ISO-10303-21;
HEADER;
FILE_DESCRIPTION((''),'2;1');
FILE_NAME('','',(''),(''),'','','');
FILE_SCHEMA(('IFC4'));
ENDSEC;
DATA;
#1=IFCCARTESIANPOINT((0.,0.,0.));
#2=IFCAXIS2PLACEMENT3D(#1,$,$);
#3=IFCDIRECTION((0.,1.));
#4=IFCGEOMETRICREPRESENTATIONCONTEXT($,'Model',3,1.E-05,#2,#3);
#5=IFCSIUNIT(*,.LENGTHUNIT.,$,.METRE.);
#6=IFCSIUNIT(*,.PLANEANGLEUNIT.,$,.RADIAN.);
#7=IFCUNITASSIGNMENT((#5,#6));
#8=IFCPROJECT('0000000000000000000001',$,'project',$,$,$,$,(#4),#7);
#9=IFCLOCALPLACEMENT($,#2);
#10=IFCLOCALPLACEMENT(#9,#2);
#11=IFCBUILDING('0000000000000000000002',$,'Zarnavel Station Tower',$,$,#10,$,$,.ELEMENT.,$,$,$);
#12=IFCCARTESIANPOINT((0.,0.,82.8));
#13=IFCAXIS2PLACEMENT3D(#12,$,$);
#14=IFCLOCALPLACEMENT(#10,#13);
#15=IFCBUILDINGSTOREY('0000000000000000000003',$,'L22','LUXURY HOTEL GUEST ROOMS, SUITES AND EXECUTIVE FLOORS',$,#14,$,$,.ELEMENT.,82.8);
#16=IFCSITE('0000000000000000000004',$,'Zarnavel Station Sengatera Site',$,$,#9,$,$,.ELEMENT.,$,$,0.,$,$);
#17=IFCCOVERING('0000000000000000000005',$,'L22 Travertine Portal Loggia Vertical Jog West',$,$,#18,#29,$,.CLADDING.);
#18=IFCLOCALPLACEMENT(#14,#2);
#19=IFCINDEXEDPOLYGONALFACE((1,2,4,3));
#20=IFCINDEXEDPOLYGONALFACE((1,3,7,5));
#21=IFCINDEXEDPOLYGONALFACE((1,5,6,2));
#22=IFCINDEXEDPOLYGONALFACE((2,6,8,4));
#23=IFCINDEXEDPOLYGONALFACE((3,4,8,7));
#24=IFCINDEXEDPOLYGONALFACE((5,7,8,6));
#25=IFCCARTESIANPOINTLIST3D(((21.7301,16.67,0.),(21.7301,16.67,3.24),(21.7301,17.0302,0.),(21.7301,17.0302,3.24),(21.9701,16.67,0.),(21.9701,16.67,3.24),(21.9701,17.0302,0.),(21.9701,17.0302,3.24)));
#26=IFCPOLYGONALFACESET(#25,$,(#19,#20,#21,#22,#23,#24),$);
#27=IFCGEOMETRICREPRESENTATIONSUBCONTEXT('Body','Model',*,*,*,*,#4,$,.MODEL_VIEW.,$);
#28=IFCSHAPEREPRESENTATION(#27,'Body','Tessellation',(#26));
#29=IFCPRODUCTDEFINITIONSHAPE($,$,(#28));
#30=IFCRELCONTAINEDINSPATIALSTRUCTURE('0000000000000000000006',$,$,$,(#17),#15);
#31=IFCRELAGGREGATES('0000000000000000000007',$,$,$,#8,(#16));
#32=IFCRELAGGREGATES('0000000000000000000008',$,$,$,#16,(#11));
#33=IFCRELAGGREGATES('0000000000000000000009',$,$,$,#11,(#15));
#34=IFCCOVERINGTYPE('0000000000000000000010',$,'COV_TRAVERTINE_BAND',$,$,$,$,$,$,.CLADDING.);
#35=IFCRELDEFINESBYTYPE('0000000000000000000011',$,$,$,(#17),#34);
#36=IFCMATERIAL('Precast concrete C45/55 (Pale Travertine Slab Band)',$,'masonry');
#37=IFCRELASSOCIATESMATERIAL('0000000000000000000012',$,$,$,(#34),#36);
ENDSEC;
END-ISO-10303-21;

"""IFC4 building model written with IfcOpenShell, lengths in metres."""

from ifc_helpers import new_model, si_unit, direction, frame, origin, origin_2d, place, context, subcontext, project, spatial, rectangle, extrude, material, type_object, element, save


model = new_model("IFC4")

# Units and contexts
model_context = context("Model", 3, precision=1e-05, world=origin(), true_north=direction((0.0, 1.0)))
body_context = subcontext(model_context, "Body", "Model", "MODEL_VIEW")
ifc_project = project(units=[si_unit("LENGTHUNIT", "METRE"), si_unit("PLANEANGLEUNIT", "RADIAN")], contexts=[model_context])

# Site, building, storey
site_placement = place(None, origin())
site = spatial("IfcSite", under=ifc_project, at=site_placement, Name="Zarnavel Station Sengatera Site", CompositionType="ELEMENT", RefElevation=0.0)
building_placement = place(site_placement, origin())
building = spatial("IfcBuilding", under=site, at=building_placement, Name="Zarnavel Station Tower", CompositionType="ELEMENT")
storey_placement = place(building_placement, frame((0.0, 0.0, 82.8)))
storey = spatial("IfcBuildingStorey", under=building, at=storey_placement, Name="L22", Description="LUXURY HOTEL GUEST ROOMS, SUITES AND EXECUTIVE FLOORS", CompositionType="ELEMENT", Elevation=82.8)

# Covering
ifc_material_1 = material(Name="Precast concrete C45/55 (Pale Travertine Slab Band)", Category="masonry")
covering_type = type_object("IfcCoveringType", Name="COV_TRAVERTINE_BAND", PredefinedType="CLADDING", material=ifc_material_1)
covering_placement = place(storey_placement, frame((21.8501, 16.8501, 0.0), z_axis=(0.0, 0.0, 1.0), x_axis=(1.0, 0.0, 0.0)))
element("IfcCovering", 1, at=covering_placement, inside=storey, type_object=covering_type, Name="L22 Travertine Portal Loggia Vertical Jog West", PredefinedType="CLADDING", context=body_context, shape_type="SweptSolid", body=[
    extrude(rectangle(XDim=0.24, YDim=0.3601, at=origin_2d()), origin(), (0.0, 0.0, 1.0), 3.24),
])

save(model, "model.ifc")
